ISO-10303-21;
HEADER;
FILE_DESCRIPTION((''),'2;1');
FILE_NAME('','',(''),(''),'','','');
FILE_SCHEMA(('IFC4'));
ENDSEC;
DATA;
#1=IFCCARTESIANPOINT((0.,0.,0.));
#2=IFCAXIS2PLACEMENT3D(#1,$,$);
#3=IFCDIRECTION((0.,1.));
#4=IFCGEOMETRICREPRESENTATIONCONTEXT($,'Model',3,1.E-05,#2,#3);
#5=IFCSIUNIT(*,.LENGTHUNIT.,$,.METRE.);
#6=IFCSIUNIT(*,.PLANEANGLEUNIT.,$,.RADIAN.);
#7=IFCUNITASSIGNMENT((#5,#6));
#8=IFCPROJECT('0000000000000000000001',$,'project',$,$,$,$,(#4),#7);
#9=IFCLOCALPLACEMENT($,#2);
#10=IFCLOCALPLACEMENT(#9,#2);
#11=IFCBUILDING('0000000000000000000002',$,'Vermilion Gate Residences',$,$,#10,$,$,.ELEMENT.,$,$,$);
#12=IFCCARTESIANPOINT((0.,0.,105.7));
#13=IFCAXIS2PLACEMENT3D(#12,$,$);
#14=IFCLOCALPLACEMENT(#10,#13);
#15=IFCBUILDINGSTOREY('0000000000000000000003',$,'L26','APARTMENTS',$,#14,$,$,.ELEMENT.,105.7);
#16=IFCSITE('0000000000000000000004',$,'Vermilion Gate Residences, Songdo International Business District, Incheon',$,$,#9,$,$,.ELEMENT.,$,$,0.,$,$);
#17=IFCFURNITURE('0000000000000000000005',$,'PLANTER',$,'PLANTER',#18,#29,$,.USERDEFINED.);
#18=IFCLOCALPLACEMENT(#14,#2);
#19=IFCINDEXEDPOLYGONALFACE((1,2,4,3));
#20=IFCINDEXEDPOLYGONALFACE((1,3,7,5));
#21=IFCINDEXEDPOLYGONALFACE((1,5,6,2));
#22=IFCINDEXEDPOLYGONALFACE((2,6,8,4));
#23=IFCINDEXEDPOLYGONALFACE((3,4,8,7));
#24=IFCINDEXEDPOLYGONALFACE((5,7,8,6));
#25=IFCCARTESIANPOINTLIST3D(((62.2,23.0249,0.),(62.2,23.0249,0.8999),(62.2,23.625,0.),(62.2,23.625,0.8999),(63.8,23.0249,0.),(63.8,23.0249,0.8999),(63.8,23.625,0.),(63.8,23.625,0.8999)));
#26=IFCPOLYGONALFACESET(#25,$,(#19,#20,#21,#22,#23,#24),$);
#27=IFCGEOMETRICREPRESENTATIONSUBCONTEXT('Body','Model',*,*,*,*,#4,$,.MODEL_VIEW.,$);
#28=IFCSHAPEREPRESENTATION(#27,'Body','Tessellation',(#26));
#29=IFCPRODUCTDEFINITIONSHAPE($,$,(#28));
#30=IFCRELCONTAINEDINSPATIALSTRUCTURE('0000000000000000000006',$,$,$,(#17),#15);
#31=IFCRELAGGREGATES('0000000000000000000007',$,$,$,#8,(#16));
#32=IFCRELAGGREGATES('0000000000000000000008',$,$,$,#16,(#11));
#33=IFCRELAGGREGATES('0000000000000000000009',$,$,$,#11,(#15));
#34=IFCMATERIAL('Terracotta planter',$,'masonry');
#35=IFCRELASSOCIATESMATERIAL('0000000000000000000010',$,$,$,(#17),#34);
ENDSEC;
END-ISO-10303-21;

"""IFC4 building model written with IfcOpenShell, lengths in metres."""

from ifc_helpers import new_model, si_unit, direction, frame, origin, origin_2d, place, context, subcontext, project, spatial, rectangle, extrude, material, element, save


model = new_model("IFC4")

# Units and contexts
model_context = context("Model", 3, precision=1e-05, world=origin(), true_north=direction((0.0, 1.0)))
body_context = subcontext(model_context, "Body", "Model", "MODEL_VIEW")
ifc_project = project(units=[si_unit("LENGTHUNIT", "METRE"), si_unit("PLANEANGLEUNIT", "RADIAN")], contexts=[model_context])

# Site, building, storey
site_placement = place(None, origin())
site = spatial("IfcSite", under=ifc_project, at=site_placement, Name="Vermilion Gate Residences, Songdo International Business District, Incheon", CompositionType="ELEMENT", RefElevation=0.0)
building_placement = place(site_placement, origin())
building = spatial("IfcBuilding", under=site, at=building_placement, Name="Vermilion Gate Residences", CompositionType="ELEMENT")
storey_placement = place(building_placement, frame((0.0, 0.0, 105.7)))
storey = spatial("IfcBuildingStorey", under=building, at=storey_placement, Name="L26", Description="APARTMENTS", CompositionType="ELEMENT", Elevation=105.7)

# Furniture
ifc_material_1 = material(Name="Terracotta planter", Category="masonry")
furniture_placement = place(storey_placement, frame((63.0, 23.325, 0.0), z_axis=(0.0, 0.0, 1.0), x_axis=(-1.0, 0.0, 0.0)))
element("IfcFurniture", 1, at=furniture_placement, inside=storey, material=ifc_material_1, Name="PLANTER", ObjectType="PLANTER", PredefinedType="USERDEFINED", context=body_context, shape_type="SweptSolid", body=[
    extrude(rectangle(XDim=1.6001, YDim=0.6001, at=origin_2d()), origin(), (0.0, 0.0, 1.0), 0.8999),
])

save(model, "model.ifc")
